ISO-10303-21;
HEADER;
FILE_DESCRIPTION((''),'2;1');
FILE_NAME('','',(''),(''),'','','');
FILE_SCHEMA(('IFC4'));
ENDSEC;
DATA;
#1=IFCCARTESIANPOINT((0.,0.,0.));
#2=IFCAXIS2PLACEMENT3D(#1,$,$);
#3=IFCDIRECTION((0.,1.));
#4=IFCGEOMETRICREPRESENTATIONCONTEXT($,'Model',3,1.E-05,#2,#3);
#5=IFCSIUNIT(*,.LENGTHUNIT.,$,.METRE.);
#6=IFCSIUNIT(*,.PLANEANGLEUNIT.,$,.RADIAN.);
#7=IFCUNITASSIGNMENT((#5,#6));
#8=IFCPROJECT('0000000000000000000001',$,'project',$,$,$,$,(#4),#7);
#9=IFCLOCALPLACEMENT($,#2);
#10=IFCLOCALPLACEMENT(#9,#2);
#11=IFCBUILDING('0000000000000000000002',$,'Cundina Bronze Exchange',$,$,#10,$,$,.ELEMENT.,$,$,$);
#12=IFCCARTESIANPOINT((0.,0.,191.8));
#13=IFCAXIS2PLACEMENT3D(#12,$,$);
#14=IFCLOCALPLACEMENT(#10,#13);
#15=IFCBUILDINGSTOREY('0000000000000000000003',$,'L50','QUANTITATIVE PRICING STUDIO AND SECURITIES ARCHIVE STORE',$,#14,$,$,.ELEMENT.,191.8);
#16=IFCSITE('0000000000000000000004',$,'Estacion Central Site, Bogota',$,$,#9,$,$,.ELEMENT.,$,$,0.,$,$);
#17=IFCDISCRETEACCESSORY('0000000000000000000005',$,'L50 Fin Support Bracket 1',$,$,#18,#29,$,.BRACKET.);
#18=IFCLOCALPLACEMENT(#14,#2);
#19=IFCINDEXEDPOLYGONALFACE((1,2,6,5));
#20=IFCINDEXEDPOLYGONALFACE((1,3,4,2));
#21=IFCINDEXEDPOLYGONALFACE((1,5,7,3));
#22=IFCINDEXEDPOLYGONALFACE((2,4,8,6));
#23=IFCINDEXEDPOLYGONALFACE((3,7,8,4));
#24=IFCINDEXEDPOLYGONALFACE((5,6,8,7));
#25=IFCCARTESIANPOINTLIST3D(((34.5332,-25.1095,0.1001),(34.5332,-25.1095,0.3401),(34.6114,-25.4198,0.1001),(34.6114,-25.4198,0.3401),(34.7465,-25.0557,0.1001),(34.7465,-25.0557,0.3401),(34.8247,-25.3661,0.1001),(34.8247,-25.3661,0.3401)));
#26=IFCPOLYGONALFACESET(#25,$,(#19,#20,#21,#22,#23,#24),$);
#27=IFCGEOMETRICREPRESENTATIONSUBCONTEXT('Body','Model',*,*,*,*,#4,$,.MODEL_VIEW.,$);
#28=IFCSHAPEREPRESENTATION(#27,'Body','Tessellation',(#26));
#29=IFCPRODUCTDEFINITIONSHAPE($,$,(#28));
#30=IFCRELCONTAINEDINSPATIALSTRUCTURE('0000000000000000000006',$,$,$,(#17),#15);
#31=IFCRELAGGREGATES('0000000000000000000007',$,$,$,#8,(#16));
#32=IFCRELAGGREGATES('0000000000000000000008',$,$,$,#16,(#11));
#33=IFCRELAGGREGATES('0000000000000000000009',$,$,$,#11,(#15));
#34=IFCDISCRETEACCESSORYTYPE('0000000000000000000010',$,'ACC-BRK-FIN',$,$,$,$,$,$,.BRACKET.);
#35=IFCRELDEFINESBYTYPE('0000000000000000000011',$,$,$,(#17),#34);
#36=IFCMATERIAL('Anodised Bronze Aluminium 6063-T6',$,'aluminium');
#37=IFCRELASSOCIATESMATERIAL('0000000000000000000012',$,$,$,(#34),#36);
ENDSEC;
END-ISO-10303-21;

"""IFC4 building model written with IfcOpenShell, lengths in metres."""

from ifc_helpers import new_model, si_unit, direction, frame, origin, origin_2d, place, context, subcontext, project, spatial, rectangle, extrude, material, type_object, element, save


model = new_model("IFC4")

# Units and contexts
model_context = context("Model", 3, precision=1e-05, world=origin(), true_north=direction((0.0, 1.0)))
body_context = subcontext(model_context, "Body", "Model", "MODEL_VIEW")
ifc_project = project(units=[si_unit("LENGTHUNIT", "METRE"), si_unit("PLANEANGLEUNIT", "RADIAN")], contexts=[model_context])

# Site, building, storey
site_placement = place(None, origin())
site = spatial("IfcSite", under=ifc_project, at=site_placement, Name="Estacion Central Site, Bogota", CompositionType="ELEMENT", RefElevation=0.0)
building_placement = place(site_placement, origin())
building = spatial("IfcBuilding", under=site, at=building_placement, Name="Cundina Bronze Exchange", CompositionType="ELEMENT")
storey_placement = place(building_placement, frame((0.0, 0.0, 191.8)))
storey = spatial("IfcBuildingStorey", under=building, at=storey_placement, Name="L50", Description="QUANTITATIVE PRICING STUDIO AND SECURITIES ARCHIVE STORE", CompositionType="ELEMENT", Elevation=191.8)

# Shared definitions
ifc_material_1 = material(Name="Anodised Bronze Aluminium 6063-T6", Category="aluminium")

# Discrete accessory
discrete_accessory_type = type_object("IfcDiscreteAccessoryType", Name="ACC-BRK-FIN", PredefinedType="BRACKET", material=ifc_material_1)
discrete_accessory_placement = place(storey_placement, frame((34.679, -25.2378, 0.1001), z_axis=(0.0, 0.0, 1.0), x_axis=(0.969732, 0.244174, 0.0)))
element("IfcDiscreteAccessory", 1, at=discrete_accessory_placement, inside=storey, type_object=discrete_accessory_type, Name="L50 Fin Support Bracket 1", PredefinedType="BRACKET", context=body_context, shape_type="SweptSolid", body=[
    extrude(rectangle(XDim=0.22, YDim=0.3201, at=origin_2d()), origin(), (0.0, 0.0, 1.0), 0.24),
])

save(model, "model.ifc")
